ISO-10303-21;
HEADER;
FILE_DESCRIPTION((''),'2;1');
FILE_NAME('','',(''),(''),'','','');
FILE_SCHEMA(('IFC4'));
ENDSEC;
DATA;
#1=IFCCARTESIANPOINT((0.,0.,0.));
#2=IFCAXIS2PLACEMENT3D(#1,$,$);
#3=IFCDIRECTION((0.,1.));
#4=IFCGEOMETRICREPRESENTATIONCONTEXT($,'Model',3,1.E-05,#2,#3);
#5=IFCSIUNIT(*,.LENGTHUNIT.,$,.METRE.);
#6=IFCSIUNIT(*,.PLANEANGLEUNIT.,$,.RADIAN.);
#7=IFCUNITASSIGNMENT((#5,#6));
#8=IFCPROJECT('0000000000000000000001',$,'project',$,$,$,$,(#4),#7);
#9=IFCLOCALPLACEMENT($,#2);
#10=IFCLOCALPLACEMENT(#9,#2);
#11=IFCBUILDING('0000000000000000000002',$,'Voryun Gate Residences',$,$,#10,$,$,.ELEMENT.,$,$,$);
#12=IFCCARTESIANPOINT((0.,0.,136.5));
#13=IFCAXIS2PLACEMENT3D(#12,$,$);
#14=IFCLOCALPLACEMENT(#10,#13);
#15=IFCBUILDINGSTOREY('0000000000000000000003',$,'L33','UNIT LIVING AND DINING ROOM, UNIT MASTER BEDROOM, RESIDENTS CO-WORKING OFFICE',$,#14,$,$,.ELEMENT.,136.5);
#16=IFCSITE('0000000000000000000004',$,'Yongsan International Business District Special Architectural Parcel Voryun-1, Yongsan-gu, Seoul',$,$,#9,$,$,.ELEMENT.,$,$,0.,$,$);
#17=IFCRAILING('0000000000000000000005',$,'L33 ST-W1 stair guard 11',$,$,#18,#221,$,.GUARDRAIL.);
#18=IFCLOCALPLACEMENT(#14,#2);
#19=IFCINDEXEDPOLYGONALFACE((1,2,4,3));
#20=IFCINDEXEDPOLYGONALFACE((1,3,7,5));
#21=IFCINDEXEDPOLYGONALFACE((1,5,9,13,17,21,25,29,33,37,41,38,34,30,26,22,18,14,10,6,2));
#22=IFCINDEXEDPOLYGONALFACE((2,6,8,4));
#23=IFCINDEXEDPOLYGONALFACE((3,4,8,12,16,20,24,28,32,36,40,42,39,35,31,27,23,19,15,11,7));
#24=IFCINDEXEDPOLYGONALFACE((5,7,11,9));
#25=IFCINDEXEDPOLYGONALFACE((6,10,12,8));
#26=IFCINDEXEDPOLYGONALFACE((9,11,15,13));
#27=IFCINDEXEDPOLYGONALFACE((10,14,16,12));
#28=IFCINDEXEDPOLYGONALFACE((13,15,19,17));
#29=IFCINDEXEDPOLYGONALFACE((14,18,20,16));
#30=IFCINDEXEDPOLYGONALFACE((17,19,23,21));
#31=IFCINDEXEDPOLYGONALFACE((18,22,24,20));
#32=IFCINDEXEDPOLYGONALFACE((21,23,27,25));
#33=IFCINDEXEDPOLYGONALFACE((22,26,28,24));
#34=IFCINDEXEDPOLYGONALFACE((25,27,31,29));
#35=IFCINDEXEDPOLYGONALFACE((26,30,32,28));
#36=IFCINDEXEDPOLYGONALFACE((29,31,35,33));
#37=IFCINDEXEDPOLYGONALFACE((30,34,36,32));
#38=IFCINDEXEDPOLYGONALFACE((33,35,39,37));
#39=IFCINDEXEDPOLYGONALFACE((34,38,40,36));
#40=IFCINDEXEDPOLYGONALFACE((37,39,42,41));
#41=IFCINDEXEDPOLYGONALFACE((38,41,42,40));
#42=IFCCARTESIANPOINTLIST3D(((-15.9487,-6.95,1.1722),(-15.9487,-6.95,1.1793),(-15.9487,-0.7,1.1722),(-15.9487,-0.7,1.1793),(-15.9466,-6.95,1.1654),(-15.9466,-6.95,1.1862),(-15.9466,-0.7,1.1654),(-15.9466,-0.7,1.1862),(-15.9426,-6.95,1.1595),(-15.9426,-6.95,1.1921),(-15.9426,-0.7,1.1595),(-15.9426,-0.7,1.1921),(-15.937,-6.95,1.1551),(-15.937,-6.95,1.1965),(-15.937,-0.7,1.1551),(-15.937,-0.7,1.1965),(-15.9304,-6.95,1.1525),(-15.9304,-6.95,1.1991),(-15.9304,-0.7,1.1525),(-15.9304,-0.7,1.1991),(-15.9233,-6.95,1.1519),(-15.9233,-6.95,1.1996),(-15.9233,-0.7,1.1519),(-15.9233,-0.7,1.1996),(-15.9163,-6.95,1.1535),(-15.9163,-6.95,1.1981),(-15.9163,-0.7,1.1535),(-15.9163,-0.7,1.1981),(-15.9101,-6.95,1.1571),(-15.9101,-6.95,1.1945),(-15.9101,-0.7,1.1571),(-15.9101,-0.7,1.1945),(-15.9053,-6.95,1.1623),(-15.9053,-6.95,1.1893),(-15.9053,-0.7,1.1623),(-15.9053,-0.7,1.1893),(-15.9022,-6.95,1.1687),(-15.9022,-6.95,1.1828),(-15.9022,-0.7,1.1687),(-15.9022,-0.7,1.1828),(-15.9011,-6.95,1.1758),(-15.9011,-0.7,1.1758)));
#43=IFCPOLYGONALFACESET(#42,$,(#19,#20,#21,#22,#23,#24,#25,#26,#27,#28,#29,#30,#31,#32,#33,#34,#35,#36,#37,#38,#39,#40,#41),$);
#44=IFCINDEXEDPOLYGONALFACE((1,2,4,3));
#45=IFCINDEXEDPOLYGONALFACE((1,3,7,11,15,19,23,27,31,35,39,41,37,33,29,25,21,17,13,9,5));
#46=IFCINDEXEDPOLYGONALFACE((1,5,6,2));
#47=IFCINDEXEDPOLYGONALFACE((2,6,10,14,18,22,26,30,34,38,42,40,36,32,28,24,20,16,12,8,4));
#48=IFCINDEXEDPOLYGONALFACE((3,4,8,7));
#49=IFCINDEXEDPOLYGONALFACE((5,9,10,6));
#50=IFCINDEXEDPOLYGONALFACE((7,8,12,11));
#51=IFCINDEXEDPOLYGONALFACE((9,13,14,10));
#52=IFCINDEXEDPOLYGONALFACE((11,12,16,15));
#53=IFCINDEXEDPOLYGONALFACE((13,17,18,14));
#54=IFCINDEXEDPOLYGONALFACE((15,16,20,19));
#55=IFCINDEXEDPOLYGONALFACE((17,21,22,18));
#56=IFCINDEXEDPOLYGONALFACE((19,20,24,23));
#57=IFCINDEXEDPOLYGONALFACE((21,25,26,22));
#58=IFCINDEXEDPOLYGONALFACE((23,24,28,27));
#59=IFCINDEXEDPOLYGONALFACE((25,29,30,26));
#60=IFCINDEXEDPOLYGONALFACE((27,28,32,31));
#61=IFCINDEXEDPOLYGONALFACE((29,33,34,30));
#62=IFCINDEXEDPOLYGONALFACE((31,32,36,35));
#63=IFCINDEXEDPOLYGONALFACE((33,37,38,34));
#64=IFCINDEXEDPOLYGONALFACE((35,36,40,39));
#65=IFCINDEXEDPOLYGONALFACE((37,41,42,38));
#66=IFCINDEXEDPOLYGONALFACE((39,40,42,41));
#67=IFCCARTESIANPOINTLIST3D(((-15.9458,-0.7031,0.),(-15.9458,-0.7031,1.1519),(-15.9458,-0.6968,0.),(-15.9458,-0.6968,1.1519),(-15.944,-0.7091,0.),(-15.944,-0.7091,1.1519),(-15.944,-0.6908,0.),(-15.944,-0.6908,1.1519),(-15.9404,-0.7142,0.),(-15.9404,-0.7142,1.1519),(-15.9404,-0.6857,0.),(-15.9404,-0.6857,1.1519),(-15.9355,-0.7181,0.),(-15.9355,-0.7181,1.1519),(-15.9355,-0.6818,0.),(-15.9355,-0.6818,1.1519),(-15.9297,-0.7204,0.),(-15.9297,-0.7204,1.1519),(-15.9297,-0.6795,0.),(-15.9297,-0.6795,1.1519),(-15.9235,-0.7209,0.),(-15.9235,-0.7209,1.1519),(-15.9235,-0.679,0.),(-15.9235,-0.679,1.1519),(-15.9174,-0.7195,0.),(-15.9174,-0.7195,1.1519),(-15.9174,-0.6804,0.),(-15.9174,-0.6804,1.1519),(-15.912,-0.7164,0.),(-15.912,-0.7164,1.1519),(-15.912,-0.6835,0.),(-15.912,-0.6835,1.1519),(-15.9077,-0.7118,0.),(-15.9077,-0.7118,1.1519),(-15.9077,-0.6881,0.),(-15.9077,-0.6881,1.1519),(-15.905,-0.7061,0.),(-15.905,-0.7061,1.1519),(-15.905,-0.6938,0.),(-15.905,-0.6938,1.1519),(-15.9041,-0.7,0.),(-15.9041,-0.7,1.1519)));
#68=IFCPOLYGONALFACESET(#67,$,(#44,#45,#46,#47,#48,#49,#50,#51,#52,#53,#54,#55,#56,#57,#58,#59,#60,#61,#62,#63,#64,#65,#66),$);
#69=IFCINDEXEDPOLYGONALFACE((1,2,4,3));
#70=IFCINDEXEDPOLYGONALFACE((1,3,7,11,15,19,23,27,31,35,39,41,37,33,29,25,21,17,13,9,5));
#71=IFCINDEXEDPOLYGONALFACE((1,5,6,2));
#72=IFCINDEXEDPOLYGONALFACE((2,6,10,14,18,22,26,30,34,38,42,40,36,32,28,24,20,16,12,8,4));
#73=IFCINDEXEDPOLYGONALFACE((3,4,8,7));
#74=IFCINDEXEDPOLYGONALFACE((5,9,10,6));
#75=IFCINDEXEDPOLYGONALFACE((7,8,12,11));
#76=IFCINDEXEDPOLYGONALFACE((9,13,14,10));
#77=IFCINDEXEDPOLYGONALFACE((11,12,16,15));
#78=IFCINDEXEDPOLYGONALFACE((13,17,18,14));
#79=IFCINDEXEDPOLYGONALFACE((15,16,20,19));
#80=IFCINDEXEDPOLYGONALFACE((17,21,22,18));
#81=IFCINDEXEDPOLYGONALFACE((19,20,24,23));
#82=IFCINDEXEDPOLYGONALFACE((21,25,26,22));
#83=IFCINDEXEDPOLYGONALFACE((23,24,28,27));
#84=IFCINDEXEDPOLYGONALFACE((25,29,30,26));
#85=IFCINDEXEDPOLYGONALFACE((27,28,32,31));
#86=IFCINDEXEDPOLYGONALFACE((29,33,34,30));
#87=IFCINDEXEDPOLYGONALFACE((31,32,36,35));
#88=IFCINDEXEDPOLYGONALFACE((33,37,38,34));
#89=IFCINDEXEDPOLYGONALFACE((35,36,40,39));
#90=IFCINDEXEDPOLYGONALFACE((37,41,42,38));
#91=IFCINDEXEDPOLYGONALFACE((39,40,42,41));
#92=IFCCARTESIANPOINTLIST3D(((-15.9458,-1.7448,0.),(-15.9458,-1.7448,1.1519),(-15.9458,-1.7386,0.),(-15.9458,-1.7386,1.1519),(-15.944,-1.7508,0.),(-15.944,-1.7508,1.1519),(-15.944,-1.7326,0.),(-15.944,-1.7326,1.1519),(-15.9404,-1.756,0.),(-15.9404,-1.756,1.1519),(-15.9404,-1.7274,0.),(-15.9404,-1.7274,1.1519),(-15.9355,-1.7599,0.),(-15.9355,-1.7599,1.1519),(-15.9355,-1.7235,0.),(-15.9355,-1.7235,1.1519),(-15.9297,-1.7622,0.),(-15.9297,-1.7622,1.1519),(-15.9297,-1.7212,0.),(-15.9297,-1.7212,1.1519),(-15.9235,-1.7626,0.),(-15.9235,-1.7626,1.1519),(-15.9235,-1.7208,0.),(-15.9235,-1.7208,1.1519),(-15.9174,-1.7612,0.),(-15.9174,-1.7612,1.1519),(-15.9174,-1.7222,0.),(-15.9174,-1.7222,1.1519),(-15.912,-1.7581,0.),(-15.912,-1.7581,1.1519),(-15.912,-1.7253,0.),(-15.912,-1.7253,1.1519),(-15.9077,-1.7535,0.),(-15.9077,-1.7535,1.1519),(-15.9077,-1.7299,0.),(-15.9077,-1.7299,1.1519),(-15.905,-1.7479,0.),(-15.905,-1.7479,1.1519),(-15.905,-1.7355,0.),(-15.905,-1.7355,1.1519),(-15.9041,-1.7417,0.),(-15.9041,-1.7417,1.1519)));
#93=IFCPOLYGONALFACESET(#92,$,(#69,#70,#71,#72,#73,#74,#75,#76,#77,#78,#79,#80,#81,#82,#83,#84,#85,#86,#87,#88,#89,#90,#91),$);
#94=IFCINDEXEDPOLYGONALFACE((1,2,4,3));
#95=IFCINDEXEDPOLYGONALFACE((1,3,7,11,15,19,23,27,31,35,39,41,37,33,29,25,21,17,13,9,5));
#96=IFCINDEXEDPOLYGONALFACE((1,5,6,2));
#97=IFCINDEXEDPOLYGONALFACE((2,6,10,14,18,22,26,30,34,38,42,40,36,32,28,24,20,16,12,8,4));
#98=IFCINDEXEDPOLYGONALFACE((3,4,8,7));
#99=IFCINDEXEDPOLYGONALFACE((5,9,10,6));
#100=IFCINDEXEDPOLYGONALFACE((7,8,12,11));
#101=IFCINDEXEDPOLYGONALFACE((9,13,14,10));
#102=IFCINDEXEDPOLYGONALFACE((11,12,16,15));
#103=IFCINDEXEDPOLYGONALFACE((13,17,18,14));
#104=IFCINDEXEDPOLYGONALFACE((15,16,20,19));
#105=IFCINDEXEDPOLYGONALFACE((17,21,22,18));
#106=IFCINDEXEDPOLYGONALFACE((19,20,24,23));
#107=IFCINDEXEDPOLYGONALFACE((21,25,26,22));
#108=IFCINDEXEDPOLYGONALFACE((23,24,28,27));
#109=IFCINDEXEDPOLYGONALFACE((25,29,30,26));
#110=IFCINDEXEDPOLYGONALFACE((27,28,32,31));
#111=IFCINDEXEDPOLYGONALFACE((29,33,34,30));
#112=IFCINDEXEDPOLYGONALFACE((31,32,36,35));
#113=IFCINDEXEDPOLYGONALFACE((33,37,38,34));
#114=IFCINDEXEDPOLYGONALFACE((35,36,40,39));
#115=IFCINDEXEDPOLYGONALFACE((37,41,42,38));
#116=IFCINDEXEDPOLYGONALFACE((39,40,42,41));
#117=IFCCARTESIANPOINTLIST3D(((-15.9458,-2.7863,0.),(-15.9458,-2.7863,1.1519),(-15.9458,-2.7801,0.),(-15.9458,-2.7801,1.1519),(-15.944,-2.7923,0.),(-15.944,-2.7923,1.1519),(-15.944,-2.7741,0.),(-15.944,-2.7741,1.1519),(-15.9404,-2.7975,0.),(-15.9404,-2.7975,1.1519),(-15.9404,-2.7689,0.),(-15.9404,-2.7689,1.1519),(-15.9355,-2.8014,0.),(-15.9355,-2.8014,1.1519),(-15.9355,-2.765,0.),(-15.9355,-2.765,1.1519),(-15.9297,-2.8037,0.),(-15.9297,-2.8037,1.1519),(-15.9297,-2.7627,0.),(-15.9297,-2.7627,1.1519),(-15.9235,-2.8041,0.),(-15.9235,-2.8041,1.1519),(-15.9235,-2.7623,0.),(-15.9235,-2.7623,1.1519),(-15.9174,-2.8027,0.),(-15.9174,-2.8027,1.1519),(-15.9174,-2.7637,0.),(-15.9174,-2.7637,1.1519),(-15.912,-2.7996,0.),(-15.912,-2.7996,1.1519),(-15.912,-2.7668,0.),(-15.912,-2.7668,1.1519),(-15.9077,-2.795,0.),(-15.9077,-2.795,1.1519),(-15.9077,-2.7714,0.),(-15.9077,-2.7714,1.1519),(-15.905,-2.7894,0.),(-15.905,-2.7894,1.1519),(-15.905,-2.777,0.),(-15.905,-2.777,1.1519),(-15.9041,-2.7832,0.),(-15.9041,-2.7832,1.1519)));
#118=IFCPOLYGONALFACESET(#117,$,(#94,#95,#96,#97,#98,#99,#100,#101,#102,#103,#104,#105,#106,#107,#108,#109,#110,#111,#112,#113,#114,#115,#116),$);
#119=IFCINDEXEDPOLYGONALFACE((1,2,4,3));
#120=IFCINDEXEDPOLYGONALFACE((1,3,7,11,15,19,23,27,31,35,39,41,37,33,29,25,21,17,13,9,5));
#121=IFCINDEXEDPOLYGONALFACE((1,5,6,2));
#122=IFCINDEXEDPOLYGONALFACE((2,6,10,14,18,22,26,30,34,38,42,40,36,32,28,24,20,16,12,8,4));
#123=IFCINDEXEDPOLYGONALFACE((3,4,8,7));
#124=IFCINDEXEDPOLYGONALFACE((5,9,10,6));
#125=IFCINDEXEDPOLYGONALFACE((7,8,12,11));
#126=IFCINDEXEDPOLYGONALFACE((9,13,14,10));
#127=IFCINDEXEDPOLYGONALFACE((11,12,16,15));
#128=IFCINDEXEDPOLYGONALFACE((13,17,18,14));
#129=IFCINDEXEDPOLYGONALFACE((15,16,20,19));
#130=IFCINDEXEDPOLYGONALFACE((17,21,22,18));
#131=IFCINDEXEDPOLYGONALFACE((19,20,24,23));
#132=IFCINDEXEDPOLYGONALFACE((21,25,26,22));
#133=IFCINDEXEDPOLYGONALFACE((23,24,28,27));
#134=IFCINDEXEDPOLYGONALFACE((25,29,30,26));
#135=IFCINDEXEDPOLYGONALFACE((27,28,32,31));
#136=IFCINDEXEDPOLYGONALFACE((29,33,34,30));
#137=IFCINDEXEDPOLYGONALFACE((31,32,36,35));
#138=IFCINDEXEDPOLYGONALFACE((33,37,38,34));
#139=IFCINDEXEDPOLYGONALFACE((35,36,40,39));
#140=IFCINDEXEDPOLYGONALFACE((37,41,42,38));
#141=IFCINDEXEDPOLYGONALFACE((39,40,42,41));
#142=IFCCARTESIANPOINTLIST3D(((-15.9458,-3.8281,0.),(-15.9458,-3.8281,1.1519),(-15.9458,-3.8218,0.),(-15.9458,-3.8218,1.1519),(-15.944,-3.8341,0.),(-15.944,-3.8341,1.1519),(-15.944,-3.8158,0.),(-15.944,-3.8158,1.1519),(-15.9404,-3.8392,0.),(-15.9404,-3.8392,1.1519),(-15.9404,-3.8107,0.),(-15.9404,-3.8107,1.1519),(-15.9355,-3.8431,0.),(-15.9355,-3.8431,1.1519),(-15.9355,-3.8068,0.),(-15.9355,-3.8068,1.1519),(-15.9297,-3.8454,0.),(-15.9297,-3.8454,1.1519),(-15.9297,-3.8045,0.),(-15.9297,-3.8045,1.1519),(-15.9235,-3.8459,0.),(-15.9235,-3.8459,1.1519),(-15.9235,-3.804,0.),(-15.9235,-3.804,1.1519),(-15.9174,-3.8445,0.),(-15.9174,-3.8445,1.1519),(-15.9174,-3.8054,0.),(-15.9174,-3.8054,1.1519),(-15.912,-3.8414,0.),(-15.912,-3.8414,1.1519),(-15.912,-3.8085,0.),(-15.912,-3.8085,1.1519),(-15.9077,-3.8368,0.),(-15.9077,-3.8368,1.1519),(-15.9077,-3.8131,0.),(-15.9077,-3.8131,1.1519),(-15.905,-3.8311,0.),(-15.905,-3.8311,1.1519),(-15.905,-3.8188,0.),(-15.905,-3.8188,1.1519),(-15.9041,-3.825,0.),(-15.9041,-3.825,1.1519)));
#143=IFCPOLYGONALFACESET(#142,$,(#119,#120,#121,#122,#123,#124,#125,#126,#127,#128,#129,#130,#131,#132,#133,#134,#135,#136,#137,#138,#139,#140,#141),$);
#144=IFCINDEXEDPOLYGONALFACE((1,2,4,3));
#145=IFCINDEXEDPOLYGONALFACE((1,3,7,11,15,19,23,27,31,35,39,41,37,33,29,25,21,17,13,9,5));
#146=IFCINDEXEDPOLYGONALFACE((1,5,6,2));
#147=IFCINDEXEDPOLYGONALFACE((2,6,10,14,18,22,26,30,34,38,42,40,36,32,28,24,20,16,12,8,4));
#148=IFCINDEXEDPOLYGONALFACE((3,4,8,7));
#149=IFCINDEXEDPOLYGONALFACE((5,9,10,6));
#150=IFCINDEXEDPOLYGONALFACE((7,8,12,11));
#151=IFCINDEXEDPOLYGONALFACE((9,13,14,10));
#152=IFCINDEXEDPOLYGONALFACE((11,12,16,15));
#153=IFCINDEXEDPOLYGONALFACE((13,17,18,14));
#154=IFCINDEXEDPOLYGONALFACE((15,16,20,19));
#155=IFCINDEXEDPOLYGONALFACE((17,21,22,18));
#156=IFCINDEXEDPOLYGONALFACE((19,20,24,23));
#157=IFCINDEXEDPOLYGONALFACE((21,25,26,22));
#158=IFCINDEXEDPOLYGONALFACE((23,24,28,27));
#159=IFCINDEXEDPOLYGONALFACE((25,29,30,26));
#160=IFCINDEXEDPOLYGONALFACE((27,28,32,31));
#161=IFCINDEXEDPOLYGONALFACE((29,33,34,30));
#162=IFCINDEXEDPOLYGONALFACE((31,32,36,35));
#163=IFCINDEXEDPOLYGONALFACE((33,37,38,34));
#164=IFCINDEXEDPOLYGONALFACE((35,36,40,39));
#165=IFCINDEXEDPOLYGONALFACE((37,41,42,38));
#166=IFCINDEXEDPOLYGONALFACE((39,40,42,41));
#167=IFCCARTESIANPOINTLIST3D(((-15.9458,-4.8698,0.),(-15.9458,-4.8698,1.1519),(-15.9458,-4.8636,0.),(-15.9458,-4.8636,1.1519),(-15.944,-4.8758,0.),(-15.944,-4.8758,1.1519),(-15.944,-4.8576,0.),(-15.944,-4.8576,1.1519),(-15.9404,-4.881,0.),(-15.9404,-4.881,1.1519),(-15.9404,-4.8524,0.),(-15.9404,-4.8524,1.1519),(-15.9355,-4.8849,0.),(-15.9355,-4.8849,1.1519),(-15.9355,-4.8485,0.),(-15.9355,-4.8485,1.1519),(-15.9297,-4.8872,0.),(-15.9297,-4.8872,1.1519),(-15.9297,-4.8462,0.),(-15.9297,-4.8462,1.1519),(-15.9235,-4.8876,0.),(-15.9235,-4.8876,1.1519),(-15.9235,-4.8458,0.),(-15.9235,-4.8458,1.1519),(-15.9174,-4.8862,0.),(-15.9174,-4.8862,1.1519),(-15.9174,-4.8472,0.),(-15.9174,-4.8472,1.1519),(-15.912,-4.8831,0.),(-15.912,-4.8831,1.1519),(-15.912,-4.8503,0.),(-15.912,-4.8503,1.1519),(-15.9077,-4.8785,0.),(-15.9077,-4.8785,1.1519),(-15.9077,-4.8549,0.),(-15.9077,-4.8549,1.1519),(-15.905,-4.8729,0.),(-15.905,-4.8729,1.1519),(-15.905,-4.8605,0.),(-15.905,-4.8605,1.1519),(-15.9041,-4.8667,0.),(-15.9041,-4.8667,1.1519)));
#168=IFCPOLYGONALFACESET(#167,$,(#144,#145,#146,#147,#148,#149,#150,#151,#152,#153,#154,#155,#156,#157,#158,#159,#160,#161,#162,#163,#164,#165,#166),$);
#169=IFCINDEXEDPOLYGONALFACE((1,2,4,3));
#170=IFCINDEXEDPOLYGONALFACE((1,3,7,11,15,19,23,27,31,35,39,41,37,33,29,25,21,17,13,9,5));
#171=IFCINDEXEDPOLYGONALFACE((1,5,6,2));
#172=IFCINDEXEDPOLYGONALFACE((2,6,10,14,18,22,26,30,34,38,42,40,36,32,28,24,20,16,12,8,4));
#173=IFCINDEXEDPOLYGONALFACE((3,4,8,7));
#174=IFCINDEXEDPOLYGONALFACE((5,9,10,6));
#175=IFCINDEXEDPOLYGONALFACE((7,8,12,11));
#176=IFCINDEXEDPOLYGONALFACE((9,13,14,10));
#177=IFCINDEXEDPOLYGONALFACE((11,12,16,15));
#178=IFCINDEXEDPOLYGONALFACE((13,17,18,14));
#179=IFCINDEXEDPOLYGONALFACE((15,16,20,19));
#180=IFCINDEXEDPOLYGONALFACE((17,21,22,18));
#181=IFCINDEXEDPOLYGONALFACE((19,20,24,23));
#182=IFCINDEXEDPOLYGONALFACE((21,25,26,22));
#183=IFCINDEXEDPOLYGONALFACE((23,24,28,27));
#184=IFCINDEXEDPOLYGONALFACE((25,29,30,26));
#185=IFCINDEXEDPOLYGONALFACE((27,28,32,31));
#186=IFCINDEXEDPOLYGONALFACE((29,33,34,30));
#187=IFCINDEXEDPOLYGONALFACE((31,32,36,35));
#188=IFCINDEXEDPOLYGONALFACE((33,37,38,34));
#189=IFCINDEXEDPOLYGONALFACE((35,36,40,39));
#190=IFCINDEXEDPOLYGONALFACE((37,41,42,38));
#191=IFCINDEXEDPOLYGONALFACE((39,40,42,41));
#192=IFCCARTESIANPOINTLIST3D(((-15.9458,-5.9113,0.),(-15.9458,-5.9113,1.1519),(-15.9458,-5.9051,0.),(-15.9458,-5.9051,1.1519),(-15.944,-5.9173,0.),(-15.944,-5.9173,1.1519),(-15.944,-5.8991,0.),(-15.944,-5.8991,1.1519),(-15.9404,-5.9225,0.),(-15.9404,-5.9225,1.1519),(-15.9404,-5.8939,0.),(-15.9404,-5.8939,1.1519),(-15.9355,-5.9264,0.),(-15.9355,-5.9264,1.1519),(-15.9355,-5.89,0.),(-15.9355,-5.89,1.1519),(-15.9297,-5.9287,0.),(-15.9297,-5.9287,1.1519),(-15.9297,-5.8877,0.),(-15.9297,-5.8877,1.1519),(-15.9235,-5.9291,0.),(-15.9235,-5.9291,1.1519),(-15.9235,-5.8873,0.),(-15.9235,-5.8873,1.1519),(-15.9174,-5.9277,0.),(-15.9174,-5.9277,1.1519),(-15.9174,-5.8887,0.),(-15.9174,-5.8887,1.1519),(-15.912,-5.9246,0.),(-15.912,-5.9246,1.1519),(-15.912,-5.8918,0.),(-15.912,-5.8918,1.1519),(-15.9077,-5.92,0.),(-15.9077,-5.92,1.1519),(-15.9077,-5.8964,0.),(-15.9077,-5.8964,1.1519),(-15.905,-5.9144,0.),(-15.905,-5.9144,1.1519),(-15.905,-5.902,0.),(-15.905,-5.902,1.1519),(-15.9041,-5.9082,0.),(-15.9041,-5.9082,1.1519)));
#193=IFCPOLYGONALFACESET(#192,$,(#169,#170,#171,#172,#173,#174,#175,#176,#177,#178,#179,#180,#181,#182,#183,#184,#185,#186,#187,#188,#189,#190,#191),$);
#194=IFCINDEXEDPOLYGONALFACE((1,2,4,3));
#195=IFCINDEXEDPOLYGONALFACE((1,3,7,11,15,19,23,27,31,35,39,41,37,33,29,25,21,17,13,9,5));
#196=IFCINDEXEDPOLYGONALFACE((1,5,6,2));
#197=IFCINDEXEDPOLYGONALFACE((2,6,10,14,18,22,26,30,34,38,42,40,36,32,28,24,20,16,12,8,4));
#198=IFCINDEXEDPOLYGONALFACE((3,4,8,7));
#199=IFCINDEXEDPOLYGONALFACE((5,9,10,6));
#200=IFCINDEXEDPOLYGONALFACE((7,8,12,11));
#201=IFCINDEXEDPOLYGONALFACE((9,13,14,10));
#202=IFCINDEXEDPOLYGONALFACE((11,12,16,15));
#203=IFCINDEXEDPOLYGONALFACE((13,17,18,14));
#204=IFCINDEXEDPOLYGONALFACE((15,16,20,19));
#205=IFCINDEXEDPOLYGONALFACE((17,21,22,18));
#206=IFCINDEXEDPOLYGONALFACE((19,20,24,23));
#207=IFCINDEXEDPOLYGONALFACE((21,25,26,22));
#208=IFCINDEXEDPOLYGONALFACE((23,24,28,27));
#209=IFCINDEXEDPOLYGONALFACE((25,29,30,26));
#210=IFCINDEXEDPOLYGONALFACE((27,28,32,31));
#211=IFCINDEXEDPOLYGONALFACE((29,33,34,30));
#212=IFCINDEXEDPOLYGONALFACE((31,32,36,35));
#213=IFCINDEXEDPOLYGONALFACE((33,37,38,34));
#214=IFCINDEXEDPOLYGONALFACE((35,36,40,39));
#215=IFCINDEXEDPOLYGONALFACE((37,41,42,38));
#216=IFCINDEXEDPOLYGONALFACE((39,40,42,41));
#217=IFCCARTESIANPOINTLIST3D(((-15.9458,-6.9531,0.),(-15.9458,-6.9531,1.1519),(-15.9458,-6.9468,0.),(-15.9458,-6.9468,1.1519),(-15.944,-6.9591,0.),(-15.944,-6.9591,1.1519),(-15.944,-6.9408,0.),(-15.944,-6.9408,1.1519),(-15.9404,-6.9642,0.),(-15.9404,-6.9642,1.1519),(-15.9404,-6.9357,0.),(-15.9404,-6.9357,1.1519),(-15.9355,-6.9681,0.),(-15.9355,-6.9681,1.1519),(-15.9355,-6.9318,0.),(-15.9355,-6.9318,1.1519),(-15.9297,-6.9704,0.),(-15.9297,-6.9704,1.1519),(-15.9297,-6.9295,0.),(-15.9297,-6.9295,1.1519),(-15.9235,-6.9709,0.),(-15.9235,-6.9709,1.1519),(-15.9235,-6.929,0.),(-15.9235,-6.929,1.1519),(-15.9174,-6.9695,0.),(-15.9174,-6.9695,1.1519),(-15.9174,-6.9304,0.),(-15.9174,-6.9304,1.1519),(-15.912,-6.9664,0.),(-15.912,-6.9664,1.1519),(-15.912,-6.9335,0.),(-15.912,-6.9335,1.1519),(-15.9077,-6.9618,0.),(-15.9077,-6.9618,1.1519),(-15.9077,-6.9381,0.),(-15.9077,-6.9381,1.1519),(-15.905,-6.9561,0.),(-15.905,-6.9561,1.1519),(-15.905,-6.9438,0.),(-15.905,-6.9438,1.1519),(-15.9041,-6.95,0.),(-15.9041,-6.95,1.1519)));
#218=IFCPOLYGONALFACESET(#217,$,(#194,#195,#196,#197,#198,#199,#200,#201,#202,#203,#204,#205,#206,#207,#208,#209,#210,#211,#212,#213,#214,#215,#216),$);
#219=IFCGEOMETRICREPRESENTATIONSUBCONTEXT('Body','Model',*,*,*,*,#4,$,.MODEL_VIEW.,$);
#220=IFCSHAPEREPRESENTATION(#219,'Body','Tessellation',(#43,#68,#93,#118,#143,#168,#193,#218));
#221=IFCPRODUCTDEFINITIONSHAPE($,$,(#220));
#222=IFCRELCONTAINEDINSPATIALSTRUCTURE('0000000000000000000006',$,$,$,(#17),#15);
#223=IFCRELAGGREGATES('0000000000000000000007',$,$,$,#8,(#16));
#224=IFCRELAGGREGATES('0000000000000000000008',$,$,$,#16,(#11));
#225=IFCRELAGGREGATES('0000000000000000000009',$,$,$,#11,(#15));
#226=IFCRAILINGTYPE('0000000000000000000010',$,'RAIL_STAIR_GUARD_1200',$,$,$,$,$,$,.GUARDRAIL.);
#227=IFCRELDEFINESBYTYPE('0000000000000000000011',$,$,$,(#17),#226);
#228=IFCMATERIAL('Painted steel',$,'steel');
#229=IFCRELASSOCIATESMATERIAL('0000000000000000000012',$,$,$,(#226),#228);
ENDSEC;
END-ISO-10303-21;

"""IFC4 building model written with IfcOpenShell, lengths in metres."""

from ifc_helpers import new_model, si_unit, direction, frame, origin, origin_2d, place, context, subcontext, project, spatial, circle, extrude, material, type_object, element, save


model = new_model("IFC4")

# Units and contexts
model_context = context("Model", 3, precision=1e-05, world=origin(), true_north=direction((0.0, 1.0)))
body_context = subcontext(model_context, "Body", "Model", "MODEL_VIEW")
ifc_project = project(units=[si_unit("LENGTHUNIT", "METRE"), si_unit("PLANEANGLEUNIT", "RADIAN")], contexts=[model_context])

# Site, building, storey
site_placement = place(None, origin())
site = spatial("IfcSite", under=ifc_project, at=site_placement, Name="Yongsan International Business District Special Architectural Parcel Voryun-1, Yongsan-gu, Seoul", CompositionType="ELEMENT", RefElevation=0.0)
building_placement = place(site_placement, origin())
building = spatial("IfcBuilding", under=site, at=building_placement, Name="Voryun Gate Residences", CompositionType="ELEMENT")
storey_placement = place(building_placement, frame((0.0, 0.0, 136.5)))
storey = spatial("IfcBuildingStorey", under=building, at=storey_placement, Name="L33", Description="UNIT LIVING AND DINING ROOM, UNIT MASTER BEDROOM, RESIDENTS CO-WORKING OFFICE", CompositionType="ELEMENT", Elevation=136.5)

# Railing
ifc_material_1 = material(Name="Painted steel", Category="steel")
railing_type = type_object("IfcRailingType", Name="RAIL_STAIR_GUARD_1200", PredefinedType="GUARDRAIL", material=ifc_material_1)
railing_placement = place(storey_placement, frame((-15.925, -0.7, 0.0)))
element("IfcRailing", 1, at=railing_placement, inside=storey, type_object=railing_type, Name="L33 ST-W1 stair guard 11", PredefinedType="GUARDRAIL", context=body_context, shape_type="SweptSolid", body=[
    extrude(circle(Radius=0.0239, at=origin_2d()), frame((0.0, 0.0, 1.1758), z_axis=(0.0, -1.0, 0.0), x_axis=(1.0, 0.0, 0.0)), (0.0, 0.0, 1.0), 6.25),
    extrude(circle(Radius=0.021, at=origin_2d()), origin(), (0.0, 0.0, 1.0), 1.1519),
    extrude(circle(Radius=0.021, at=origin_2d()), frame((0.0, -1.0417, 0.0)), (0.0, 0.0, 1.0), 1.1519),
    extrude(circle(Radius=0.021, at=origin_2d()), frame((0.0, -2.0833, 0.0)), (0.0, 0.0, 1.0), 1.1519),
    extrude(circle(Radius=0.021, at=origin_2d()), frame((0.0, -3.125, 0.0)), (0.0, 0.0, 1.0), 1.1519),
    extrude(circle(Radius=0.021, at=origin_2d()), frame((0.0, -4.1667, 0.0)), (0.0, 0.0, 1.0), 1.1519),
    extrude(circle(Radius=0.021, at=origin_2d()), frame((0.0, -5.2083, 0.0)), (0.0, 0.0, 1.0), 1.1519),
    extrude(circle(Radius=0.021, at=origin_2d()), frame((0.0, -6.25, 0.0)), (0.0, 0.0, 1.0), 1.1519),
])

save(model, "model.ifc")
